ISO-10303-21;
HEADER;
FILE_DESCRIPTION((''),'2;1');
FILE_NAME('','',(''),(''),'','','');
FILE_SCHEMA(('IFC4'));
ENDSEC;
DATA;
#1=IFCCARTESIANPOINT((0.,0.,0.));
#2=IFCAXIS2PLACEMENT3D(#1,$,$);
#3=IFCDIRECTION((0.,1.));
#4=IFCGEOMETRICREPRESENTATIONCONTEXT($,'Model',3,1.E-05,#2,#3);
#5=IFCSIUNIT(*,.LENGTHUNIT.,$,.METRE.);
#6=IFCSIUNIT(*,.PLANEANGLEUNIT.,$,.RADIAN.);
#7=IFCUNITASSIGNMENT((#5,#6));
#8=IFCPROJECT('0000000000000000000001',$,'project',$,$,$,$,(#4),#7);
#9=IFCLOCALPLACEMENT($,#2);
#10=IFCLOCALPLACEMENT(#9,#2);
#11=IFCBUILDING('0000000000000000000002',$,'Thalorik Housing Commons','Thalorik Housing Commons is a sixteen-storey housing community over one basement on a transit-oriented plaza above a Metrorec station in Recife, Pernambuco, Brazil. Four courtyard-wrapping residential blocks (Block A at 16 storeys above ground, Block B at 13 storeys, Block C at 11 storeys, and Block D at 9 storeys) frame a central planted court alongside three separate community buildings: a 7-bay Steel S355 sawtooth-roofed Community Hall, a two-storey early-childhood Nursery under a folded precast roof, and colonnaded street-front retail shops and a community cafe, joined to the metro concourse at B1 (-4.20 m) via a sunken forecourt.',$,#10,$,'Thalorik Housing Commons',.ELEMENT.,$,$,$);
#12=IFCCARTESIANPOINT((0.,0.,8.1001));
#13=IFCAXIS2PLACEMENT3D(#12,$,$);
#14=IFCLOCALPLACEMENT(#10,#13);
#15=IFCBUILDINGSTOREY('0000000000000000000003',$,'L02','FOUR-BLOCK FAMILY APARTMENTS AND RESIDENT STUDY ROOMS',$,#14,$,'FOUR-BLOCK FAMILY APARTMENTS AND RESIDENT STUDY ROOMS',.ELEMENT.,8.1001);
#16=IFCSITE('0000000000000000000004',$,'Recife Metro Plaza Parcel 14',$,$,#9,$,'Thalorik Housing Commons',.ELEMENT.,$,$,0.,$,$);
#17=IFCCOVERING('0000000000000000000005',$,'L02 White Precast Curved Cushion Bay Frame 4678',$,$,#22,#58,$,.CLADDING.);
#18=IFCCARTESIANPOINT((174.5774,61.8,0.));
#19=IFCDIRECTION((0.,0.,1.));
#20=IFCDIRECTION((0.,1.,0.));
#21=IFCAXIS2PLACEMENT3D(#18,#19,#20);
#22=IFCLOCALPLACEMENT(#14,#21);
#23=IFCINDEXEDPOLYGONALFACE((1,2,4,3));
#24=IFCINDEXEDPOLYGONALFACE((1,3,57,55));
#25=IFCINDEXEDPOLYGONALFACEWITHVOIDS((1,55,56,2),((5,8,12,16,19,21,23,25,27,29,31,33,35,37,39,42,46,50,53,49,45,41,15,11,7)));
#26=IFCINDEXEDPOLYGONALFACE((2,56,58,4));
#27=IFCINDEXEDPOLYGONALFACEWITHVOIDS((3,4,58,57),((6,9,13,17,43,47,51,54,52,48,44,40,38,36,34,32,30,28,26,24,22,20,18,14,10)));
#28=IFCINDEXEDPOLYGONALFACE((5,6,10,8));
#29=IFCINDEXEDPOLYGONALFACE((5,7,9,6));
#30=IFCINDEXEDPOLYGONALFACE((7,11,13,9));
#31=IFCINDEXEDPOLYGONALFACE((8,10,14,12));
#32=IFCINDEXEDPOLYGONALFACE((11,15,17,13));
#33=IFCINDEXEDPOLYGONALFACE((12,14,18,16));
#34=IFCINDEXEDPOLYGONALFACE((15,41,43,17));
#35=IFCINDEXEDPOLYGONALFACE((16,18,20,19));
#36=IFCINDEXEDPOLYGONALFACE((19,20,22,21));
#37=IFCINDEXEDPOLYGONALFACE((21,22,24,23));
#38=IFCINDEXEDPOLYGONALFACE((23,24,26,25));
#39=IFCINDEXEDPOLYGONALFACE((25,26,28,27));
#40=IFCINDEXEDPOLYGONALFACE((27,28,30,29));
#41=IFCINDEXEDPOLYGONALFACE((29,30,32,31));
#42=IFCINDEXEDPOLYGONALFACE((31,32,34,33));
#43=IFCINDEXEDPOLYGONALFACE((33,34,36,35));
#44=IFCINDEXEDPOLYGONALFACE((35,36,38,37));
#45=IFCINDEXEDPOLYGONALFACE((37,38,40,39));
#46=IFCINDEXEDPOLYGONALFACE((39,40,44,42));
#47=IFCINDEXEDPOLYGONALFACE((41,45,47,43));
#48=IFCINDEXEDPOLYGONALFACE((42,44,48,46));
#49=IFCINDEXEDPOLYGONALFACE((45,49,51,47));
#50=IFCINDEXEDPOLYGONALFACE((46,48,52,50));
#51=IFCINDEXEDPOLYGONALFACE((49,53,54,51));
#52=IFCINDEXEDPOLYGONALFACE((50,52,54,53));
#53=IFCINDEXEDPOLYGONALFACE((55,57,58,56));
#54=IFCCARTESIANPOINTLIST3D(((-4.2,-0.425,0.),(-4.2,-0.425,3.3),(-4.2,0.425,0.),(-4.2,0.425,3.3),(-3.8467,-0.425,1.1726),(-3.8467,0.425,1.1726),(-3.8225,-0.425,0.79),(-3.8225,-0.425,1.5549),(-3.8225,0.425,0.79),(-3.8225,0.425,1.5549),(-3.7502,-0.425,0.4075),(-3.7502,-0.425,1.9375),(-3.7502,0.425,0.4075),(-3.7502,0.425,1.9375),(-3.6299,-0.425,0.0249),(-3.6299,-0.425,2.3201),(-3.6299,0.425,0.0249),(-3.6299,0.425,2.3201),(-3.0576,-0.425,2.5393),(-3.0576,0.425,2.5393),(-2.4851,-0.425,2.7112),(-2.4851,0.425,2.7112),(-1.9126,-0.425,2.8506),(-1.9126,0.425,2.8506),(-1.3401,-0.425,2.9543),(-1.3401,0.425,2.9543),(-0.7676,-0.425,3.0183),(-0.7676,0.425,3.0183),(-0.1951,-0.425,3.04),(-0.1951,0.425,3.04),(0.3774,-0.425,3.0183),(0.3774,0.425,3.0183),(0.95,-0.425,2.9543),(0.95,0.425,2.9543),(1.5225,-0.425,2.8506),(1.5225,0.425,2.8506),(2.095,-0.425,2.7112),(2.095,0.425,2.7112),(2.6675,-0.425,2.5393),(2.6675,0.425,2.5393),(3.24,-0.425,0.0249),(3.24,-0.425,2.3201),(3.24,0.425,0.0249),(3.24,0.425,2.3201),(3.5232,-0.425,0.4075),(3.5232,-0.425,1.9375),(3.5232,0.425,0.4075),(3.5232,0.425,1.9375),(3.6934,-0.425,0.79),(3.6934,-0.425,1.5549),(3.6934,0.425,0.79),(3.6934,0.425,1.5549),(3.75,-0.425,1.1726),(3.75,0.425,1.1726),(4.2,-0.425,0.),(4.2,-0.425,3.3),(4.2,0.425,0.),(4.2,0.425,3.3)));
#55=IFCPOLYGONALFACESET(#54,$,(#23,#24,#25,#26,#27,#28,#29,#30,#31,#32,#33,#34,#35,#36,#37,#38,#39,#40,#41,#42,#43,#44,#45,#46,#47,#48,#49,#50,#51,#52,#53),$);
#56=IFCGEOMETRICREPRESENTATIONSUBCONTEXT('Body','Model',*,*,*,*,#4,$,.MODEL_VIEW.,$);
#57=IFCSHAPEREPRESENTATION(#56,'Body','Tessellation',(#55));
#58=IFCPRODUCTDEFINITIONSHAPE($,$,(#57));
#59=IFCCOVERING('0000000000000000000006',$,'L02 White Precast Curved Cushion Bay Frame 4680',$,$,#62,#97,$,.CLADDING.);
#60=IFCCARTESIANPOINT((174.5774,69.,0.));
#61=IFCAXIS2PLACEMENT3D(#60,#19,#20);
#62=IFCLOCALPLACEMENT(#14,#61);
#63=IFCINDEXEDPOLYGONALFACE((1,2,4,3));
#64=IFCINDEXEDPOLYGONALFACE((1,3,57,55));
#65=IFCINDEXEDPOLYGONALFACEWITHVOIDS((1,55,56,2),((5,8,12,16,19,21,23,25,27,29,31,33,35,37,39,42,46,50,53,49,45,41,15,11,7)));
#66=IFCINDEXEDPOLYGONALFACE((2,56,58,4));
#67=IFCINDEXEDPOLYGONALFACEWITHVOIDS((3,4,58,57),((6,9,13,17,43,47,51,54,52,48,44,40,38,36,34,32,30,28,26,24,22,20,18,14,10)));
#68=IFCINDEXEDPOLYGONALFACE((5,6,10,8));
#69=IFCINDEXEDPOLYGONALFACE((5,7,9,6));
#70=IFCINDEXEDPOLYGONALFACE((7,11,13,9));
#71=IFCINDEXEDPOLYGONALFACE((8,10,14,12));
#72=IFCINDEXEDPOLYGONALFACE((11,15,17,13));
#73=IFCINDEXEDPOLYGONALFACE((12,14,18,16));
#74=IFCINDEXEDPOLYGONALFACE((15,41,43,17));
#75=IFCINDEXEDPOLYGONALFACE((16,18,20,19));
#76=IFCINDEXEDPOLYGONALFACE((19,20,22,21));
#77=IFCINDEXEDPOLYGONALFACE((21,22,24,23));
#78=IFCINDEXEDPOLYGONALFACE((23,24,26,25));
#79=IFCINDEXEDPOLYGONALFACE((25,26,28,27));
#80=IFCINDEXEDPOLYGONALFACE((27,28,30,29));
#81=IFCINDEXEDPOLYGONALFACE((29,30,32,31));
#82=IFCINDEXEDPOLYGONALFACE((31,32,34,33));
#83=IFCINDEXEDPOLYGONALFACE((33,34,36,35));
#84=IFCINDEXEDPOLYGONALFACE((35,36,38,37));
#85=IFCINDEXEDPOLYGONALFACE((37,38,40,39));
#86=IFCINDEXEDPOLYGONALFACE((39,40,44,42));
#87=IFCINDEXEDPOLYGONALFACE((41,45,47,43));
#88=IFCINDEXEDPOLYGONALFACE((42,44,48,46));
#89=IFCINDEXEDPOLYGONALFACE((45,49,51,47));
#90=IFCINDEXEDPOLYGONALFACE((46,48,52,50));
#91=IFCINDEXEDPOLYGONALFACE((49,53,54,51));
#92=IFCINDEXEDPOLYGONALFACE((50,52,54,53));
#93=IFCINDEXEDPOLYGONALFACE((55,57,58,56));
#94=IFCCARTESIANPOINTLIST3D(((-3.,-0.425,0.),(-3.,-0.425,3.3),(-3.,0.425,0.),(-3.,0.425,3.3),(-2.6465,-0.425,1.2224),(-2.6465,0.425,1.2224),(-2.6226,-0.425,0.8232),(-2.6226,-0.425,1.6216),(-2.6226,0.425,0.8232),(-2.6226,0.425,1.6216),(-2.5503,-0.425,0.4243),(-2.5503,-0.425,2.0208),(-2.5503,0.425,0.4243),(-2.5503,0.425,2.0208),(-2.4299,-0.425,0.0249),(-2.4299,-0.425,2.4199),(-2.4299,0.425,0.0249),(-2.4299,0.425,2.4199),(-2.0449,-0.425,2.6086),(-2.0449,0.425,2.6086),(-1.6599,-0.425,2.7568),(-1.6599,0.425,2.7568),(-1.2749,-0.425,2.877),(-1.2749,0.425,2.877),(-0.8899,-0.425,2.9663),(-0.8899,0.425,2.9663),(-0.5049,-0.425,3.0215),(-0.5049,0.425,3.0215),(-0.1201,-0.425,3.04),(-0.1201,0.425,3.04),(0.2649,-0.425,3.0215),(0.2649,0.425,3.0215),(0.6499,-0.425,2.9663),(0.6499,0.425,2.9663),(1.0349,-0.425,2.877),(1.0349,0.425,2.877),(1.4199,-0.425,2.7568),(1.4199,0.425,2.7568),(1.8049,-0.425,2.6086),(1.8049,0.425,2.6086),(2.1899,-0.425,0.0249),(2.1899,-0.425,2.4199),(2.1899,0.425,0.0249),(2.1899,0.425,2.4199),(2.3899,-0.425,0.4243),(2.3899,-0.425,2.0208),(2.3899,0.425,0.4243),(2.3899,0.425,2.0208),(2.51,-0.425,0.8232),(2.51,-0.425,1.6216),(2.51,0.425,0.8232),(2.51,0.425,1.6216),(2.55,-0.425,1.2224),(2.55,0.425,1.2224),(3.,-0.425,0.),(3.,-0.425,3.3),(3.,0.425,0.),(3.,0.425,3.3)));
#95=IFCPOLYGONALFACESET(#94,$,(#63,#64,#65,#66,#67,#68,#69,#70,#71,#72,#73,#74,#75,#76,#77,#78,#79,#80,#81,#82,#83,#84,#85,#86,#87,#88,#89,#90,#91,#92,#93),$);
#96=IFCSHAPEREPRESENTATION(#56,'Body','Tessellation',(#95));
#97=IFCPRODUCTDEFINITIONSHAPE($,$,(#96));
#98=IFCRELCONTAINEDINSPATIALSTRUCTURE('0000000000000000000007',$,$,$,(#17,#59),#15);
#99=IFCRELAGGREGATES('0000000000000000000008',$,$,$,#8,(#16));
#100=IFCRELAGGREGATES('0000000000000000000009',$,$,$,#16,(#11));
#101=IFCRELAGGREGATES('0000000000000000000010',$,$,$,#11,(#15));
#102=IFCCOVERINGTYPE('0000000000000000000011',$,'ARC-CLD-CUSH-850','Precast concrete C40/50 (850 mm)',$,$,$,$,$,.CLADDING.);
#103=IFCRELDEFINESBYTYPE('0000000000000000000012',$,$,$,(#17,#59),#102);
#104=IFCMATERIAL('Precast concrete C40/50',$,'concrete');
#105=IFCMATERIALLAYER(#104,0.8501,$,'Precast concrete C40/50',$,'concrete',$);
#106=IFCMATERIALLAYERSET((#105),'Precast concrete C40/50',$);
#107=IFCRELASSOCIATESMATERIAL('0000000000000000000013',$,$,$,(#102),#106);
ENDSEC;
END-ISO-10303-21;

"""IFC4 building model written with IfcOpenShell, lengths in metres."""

from ifc_helpers import new_model, si_unit, direction, frame, origin, place, context, subcontext, project, spatial, polyline, outline, extrude, material, layer, layer_set, type_object, element, save


model = new_model("IFC4")

# Units and contexts
model_context = context("Model", 3, precision=1e-05, world=origin(), true_north=direction((0.0, 1.0)))
body_context = subcontext(model_context, "Body", "Model", "MODEL_VIEW")
ifc_project = project(units=[si_unit("LENGTHUNIT", "METRE"), si_unit("PLANEANGLEUNIT", "RADIAN")], contexts=[model_context])

# Site, building, storey
site_placement = place(None, origin())
site = spatial("IfcSite", under=ifc_project, at=site_placement, Name="Recife Metro Plaza Parcel 14", LongName="Thalorik Housing Commons", CompositionType="ELEMENT", RefElevation=0.0)
building_placement = place(site_placement, origin())
building = spatial("IfcBuilding", under=site, at=building_placement, Name="Thalorik Housing Commons", Description="Thalorik Housing Commons is a sixteen-storey housing community over one basement on a transit-oriented plaza above a Metrorec station in Recife, Pernambuco, Brazil. Four courtyard-wrapping residential blocks (Block A at 16 storeys above ground, Block B at 13 storeys, Block C at 11 storeys, and Block D at 9 storeys) frame a central planted court alongside three separate community buildings: a 7-bay Steel S355 sawtooth-roofed Community Hall, a two-storey early-childhood Nursery under a folded precast roof, and colonnaded street-front retail shops and a community cafe, joined to the metro concourse at B1 (-4.20 m) via a sunken forecourt.", LongName="Thalorik Housing Commons", CompositionType="ELEMENT")
storey_placement = place(building_placement, frame((0.0, 0.0, 8.1001)))
storey = spatial("IfcBuildingStorey", under=building, at=storey_placement, Name="L02", Description="FOUR-BLOCK FAMILY APARTMENTS AND RESIDENT STUDY ROOMS", LongName="FOUR-BLOCK FAMILY APARTMENTS AND RESIDENT STUDY ROOMS", CompositionType="ELEMENT", Elevation=8.1001)

# Shared definitions
ifc_material_1 = material(Name="Precast concrete C40/50", Category="concrete")

# Coverings
ifc_layer_1 = layer(ifc_material_1, 0.8501, Name="Precast concrete C40/50", Category="concrete")
ifc_layer_set_1 = layer_set([ifc_layer_1], Name="Precast concrete C40/50")
covering_type_1 = type_object("IfcCoveringType", Name="ARC-CLD-CUSH-850", Description="Precast concrete C40/50 (850 mm)", PredefinedType="CLADDING", material=ifc_layer_set_1)
covering_1_placement = place(storey_placement, frame((174.5774, 61.8, 0.0), z_axis=(0.0, 0.0, 1.0), x_axis=(0.0, 1.0, 0.0)))
element("IfcCovering", 1, at=covering_1_placement, inside=storey, type_object=covering_type_1, Name="L02 White Precast Curved Cushion Bay Frame 4678", PredefinedType="CLADDING", context=body_context, shape_type="SweptSolid", body=[
    extrude(outline(polyline([(-4.2, 0.0), (4.2, 0.0), (4.2, 3.3), (-4.2, 3.3), (-4.2, 0.0)]), holes=[polyline([(3.24, 0.0249), (3.5232, 0.4075), (3.6934, 0.79), (3.75, 1.1726), (3.6934, 1.5549), (3.5232, 1.9375), (3.24, 2.3201), (2.6675, 2.5393), (2.095, 2.7112), (1.5225, 2.8506), (0.95, 2.9543), (0.3774, 3.0183), (-0.1951, 3.04), (-0.7676, 3.0183), (-1.3401, 2.9543), (-1.9126, 2.8506), (-2.4851, 2.7112), (-3.0576, 2.5393), (-3.6299, 2.3201), (-3.7502, 1.9375), (-3.8225, 1.5549), (-3.8467, 1.1726), (-3.8225, 0.79), (-3.7502, 0.4075), (-3.6299, 0.0249), (3.24, 0.0249)])]), frame((0.0, 0.425, 0.0), z_axis=(0.0, -1.0, 0.0), x_axis=(1.0, 0.0, 0.0)), (0.0, 0.0, 1.0), 0.8501),
])
covering_2_placement = place(storey_placement, frame((174.5774, 69.0, 0.0), z_axis=(0.0, 0.0, 1.0), x_axis=(0.0, 1.0, 0.0)))
element("IfcCovering", 2, at=covering_2_placement, inside=storey, type_object=covering_type_1, Name="L02 White Precast Curved Cushion Bay Frame 4680", PredefinedType="CLADDING", context=body_context, shape_type="SweptSolid", body=[
    extrude(outline(polyline([(-3.0, 0.0), (3.0, 0.0), (3.0, 3.3), (-3.0, 3.3), (-3.0, 0.0)]), holes=[polyline([(2.1899, 0.0249), (2.3899, 0.4243), (2.51, 0.8232), (2.55, 1.2224), (2.51, 1.6216), (2.3899, 2.0208), (2.1899, 2.4199), (1.8049, 2.6086), (1.4199, 2.7568), (1.0349, 2.877), (0.6499, 2.9663), (0.2649, 3.0215), (-0.1201, 3.04), (-0.5049, 3.0215), (-0.8899, 2.9663), (-1.2749, 2.877), (-1.6599, 2.7568), (-2.0449, 2.6086), (-2.4299, 2.4199), (-2.5503, 2.0208), (-2.6226, 1.6216), (-2.6465, 1.2224), (-2.6226, 0.8232), (-2.5503, 0.4243), (-2.4299, 0.0249), (2.1899, 0.0249)])]), frame((0.0, 0.425, 0.0), z_axis=(0.0, -1.0, 0.0), x_axis=(1.0, 0.0, 0.0)), (0.0, 0.0, 1.0), 0.8501),
])

save(model, "model.ifc")
